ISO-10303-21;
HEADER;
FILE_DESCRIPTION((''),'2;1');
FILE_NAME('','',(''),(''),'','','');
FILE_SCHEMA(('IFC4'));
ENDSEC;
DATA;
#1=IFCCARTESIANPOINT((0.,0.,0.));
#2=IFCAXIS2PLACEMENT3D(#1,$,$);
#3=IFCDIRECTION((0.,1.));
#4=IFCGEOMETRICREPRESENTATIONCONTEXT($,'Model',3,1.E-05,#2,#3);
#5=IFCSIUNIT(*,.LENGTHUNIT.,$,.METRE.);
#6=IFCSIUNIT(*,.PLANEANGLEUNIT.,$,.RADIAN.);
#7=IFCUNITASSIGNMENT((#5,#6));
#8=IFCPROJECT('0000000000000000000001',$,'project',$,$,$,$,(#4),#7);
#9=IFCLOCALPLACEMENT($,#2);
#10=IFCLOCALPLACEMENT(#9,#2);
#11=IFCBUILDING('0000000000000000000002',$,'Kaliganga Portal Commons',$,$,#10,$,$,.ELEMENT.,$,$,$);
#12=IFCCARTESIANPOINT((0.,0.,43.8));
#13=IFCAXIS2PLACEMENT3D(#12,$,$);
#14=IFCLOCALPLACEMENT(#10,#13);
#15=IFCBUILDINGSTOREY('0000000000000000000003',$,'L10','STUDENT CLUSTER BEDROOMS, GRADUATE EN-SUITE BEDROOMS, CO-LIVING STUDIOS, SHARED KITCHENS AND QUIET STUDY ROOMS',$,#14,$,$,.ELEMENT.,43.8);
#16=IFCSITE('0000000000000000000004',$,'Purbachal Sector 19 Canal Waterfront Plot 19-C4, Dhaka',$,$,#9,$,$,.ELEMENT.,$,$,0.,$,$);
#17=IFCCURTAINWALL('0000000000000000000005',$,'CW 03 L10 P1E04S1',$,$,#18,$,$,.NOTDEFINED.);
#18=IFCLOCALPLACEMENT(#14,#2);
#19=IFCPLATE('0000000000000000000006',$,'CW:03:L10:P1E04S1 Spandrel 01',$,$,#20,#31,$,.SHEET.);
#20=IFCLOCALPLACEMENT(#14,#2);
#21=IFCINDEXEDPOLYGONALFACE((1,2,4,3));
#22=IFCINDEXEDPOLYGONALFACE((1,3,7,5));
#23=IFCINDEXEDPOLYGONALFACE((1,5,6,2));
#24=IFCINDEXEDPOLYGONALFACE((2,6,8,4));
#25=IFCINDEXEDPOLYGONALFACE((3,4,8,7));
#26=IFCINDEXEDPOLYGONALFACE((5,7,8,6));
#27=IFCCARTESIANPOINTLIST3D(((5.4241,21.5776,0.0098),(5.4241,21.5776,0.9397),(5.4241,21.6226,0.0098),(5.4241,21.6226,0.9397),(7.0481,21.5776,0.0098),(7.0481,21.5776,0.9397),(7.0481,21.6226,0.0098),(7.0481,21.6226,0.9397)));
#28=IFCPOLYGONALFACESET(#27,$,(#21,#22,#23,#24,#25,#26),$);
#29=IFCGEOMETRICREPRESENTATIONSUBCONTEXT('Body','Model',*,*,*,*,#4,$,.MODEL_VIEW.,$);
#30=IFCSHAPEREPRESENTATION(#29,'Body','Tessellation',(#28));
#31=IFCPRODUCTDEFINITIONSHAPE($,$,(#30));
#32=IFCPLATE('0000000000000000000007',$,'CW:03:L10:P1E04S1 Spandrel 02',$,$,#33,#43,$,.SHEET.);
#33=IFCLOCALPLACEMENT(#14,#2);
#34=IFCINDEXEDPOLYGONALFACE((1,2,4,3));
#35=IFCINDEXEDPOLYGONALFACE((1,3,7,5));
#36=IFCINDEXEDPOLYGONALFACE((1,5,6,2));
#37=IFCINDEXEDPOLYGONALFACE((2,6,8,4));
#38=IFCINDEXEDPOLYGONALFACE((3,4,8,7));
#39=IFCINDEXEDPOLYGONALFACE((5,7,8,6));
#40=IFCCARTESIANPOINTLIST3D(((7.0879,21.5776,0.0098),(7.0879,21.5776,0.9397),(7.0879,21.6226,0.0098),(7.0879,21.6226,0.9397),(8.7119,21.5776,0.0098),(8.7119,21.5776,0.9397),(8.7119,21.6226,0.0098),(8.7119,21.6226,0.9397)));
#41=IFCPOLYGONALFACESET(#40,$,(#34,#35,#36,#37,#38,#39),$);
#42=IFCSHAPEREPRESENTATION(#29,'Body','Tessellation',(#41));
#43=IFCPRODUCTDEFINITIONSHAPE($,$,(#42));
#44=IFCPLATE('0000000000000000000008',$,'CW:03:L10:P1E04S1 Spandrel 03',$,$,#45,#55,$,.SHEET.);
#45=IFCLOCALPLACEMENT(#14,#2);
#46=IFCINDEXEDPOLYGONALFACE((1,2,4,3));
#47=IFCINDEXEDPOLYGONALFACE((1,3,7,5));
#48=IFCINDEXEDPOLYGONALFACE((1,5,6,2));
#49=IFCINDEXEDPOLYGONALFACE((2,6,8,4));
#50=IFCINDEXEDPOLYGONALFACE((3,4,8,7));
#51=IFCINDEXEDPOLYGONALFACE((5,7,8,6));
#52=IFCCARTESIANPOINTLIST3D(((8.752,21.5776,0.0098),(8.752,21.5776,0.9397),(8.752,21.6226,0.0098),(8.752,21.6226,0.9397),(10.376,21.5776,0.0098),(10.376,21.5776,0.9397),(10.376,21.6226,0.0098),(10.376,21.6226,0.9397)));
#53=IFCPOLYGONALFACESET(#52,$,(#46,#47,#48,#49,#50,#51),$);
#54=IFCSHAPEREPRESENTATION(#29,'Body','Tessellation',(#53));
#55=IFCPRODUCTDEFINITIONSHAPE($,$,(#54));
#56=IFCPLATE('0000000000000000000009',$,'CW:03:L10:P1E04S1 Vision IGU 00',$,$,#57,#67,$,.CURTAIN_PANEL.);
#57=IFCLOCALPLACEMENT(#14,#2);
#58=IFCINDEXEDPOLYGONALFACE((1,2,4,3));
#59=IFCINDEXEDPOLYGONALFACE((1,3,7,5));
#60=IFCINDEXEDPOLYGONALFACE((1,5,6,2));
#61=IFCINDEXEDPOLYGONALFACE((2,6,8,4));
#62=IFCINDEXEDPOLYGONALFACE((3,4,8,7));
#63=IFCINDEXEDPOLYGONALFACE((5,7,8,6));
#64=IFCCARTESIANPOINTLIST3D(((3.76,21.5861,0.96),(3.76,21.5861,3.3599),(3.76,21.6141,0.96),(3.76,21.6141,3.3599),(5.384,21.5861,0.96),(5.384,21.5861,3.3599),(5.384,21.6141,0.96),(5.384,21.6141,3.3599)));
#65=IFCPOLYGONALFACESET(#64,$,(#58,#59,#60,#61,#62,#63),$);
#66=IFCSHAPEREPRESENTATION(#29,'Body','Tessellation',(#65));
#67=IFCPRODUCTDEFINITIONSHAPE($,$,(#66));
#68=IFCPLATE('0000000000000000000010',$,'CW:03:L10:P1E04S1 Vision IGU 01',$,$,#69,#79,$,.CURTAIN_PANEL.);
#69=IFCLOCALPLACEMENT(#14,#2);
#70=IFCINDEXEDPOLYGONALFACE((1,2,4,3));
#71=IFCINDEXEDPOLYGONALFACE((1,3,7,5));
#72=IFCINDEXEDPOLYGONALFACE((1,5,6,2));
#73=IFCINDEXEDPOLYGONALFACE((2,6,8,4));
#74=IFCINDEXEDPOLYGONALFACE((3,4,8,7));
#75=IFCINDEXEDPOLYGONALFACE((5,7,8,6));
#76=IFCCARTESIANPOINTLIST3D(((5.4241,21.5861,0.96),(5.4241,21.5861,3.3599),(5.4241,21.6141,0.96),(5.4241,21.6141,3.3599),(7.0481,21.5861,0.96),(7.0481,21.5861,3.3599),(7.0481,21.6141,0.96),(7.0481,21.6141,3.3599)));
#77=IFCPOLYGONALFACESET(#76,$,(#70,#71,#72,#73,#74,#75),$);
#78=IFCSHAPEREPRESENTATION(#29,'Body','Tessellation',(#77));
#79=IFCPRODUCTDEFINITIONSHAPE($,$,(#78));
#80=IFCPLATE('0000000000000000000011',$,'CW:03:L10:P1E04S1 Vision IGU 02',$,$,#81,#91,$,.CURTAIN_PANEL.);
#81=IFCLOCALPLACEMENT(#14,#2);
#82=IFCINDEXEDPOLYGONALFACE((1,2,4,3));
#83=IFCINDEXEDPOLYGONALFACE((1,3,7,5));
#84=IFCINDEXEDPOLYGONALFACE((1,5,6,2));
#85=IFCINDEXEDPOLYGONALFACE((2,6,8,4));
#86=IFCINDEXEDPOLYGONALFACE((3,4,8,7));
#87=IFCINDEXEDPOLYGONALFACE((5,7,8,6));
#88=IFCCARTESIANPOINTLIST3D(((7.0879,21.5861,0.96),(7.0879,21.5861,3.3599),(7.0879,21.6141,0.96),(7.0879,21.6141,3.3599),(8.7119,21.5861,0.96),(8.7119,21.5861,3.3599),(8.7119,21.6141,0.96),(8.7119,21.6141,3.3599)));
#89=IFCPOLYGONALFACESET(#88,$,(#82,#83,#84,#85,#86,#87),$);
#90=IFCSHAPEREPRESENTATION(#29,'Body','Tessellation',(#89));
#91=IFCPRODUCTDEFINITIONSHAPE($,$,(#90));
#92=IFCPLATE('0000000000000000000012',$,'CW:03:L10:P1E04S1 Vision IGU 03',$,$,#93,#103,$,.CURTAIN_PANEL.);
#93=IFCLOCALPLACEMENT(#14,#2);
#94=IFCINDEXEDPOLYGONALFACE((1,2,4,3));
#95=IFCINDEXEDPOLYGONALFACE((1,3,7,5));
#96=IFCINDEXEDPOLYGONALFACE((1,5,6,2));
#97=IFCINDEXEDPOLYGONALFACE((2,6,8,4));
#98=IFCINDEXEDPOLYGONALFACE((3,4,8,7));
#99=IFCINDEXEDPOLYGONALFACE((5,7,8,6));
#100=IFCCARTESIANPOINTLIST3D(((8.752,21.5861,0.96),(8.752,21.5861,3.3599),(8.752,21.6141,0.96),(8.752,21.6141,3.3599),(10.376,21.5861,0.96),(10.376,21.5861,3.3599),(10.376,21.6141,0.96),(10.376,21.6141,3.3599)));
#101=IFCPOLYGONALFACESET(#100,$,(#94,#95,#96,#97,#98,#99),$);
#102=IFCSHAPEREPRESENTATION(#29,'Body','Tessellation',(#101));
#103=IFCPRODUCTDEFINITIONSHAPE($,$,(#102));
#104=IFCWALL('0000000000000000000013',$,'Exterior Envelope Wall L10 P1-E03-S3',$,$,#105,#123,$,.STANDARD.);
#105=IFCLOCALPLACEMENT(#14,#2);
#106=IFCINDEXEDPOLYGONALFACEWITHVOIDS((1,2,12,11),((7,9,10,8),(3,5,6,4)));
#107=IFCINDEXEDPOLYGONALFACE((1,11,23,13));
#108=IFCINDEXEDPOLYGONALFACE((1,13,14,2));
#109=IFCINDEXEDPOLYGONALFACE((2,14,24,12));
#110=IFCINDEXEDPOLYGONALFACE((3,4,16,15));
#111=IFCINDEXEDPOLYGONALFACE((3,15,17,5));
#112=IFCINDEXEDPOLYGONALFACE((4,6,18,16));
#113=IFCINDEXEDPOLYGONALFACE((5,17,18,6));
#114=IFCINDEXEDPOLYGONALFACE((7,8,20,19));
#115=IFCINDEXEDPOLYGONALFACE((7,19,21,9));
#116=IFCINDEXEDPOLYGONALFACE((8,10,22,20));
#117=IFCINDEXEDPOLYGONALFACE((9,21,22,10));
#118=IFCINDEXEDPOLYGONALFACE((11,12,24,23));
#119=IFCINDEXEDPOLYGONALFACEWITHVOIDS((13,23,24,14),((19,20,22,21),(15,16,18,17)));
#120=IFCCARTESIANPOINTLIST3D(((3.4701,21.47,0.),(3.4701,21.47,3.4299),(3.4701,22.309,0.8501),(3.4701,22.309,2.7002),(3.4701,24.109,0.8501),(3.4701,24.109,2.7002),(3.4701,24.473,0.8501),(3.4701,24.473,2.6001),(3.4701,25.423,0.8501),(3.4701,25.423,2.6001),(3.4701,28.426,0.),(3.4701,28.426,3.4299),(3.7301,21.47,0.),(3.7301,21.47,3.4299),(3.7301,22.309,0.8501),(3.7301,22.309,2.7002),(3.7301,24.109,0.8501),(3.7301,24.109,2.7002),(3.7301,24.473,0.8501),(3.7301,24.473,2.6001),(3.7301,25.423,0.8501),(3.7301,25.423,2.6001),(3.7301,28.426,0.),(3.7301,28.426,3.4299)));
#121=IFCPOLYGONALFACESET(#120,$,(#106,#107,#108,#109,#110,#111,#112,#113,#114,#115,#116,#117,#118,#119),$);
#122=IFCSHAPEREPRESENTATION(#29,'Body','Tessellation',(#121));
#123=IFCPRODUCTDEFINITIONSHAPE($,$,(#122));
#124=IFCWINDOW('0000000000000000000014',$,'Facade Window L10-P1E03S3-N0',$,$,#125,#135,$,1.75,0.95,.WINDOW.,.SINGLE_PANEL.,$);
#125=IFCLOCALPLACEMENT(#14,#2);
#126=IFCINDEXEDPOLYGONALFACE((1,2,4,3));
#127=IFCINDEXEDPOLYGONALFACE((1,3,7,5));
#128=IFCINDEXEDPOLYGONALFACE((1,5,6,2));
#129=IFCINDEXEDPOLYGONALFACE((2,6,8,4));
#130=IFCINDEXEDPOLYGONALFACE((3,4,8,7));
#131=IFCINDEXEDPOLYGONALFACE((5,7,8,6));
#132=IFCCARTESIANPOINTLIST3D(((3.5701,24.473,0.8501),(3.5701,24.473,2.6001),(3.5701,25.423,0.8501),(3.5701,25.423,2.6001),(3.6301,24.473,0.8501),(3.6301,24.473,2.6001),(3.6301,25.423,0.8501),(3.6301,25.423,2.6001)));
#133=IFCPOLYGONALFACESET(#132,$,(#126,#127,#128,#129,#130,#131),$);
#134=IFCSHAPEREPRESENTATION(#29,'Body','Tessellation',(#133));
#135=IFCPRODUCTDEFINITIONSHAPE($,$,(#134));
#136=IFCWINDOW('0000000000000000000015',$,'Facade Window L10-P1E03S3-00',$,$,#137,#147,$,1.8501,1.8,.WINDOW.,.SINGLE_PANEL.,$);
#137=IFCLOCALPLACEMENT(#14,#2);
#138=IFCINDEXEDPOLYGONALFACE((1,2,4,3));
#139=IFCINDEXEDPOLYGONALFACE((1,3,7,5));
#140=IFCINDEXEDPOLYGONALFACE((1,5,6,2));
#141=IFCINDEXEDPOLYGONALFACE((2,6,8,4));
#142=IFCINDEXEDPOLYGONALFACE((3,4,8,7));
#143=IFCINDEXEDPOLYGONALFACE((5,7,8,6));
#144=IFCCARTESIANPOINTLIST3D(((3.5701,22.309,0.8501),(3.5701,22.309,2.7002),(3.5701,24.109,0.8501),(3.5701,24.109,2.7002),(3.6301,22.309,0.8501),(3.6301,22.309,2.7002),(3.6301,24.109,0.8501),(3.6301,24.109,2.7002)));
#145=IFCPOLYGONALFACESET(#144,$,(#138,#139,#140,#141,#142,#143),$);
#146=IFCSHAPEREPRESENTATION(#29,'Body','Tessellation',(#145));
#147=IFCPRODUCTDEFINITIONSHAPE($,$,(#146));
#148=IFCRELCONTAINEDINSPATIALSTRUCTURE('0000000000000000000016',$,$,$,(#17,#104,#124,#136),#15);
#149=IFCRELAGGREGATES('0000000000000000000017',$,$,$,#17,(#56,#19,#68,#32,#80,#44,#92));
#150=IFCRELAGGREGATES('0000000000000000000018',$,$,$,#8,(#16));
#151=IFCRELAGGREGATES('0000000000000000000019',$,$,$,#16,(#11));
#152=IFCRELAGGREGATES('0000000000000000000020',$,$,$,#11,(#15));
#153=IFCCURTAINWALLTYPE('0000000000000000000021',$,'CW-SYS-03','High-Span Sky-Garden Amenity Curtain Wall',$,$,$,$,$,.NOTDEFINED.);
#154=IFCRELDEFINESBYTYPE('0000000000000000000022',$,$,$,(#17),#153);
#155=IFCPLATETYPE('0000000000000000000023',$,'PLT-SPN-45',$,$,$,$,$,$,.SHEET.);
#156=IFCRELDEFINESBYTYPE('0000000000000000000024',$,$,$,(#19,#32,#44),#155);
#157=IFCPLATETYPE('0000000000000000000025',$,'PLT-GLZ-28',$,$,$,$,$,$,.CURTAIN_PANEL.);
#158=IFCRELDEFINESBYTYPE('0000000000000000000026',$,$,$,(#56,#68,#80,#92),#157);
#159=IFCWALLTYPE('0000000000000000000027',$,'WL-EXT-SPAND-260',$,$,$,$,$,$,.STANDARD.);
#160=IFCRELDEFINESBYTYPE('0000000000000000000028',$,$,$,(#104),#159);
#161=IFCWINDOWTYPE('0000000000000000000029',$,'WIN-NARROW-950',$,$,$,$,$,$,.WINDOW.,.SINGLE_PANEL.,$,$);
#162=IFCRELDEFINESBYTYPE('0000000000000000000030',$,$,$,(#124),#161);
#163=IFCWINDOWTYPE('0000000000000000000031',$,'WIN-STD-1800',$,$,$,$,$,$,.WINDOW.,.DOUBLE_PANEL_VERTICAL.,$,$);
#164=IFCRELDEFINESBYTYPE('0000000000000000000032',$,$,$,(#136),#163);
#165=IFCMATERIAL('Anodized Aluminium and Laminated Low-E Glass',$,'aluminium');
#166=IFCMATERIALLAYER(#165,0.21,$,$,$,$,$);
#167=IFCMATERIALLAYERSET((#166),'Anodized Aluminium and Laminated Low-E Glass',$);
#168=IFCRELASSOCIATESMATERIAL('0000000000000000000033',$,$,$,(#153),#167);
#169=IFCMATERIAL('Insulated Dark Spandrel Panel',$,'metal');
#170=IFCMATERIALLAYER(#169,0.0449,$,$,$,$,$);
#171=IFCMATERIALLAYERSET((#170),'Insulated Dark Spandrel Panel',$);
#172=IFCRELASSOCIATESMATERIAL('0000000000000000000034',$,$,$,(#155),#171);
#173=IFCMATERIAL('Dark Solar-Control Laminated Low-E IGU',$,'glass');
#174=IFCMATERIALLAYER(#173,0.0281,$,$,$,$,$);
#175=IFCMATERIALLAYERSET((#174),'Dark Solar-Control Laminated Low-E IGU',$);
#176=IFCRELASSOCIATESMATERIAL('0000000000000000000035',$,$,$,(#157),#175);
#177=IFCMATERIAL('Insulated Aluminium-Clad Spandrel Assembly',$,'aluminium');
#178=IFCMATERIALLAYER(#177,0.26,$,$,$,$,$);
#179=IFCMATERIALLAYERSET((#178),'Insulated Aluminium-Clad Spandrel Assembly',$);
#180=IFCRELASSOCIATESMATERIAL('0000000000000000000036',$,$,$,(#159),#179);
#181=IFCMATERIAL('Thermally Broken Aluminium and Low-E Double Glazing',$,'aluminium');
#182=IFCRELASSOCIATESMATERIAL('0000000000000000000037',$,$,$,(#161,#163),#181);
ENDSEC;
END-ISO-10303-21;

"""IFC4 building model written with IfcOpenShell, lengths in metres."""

from ifc_helpers import new_model, si_unit, direction, frame, frame_2d, origin, origin_2d, place, context, subcontext, project, spatial, rectangle, extrude, source, transform, mapped, material, layer, layer_set, type_object, element, fill, aggregate, save


model = new_model("IFC4")

# Units and contexts
model_context = context("Model", 3, precision=1e-05, world=origin(), true_north=direction((0.0, 1.0)))
body_context = subcontext(model_context, "Body", "Model", "MODEL_VIEW")
ifc_project = project(units=[si_unit("LENGTHUNIT", "METRE"), si_unit("PLANEANGLEUNIT", "RADIAN")], contexts=[model_context])

# Site, building, storey
site_placement = place(None, origin())
site = spatial("IfcSite", under=ifc_project, at=site_placement, Name="Purbachal Sector 19 Canal Waterfront Plot 19-C4, Dhaka", CompositionType="ELEMENT", RefElevation=0.0)
building_placement = place(site_placement, origin())
building = spatial("IfcBuilding", under=site, at=building_placement, Name="Kaliganga Portal Commons", CompositionType="ELEMENT")
storey_placement = place(building_placement, frame((0.0, 0.0, 43.8)))
storey = spatial("IfcBuildingStorey", under=building, at=storey_placement, Name="L10", Description="STUDENT CLUSTER BEDROOMS, GRADUATE EN-SUITE BEDROOMS, CO-LIVING STUDIOS, SHARED KITCHENS AND QUIET STUDY ROOMS", CompositionType="ELEMENT", Elevation=43.8)

# Curtain wall
ifc_material_1 = material(Name="Anodized Aluminium and Laminated Low-E Glass", Category="aluminium")
ifc_layer_1 = layer(ifc_material_1, 0.21)
ifc_layer_set_1 = layer_set([ifc_layer_1], Name="Anodized Aluminium and Laminated Low-E Glass")
curtain_wall_type = type_object("IfcCurtainWallType", Name="CW-SYS-03", Description="High-Span Sky-Garden Amenity Curtain Wall", PredefinedType="NOTDEFINED", material=ifc_layer_set_1)
curtain_wall_placement = place(storey_placement, origin())
curtain_wall = element("IfcCurtainWall", 1, at=curtain_wall_placement, inside=storey, type_object=curtain_wall_type, Name="CW 03 L10 P1E04S1", PredefinedType="NOTDEFINED")

# Plates
ifc_material_2 = material(Name="Insulated Dark Spandrel Panel", Category="metal")
ifc_layer_2 = layer(ifc_material_2, 0.0449)
ifc_layer_set_2 = layer_set([ifc_layer_2], Name="Insulated Dark Spandrel Panel")
plate_type_1 = type_object("IfcPlateType", Name="PLT-SPN-45", PredefinedType="SHEET", material=ifc_layer_set_2)
shared_shape_1 = source(origin(), body_context, "Body", "SweptSolid", [
    extrude(rectangle(XDim=1.624, YDim=0.0449, at=origin_2d()), origin(), (0.0, 0.0, 1.0), 0.9299),
])
plate_1_placement = place(storey_placement, frame((6.2361, 21.6001, 0.0098), z_axis=(0.0, 0.0, 1.0), x_axis=(1.0, 0.0, 0.0)))
plate_1 = element("IfcPlate", 2, at=plate_1_placement, type_object=plate_type_1, Name="CW:03:L10:P1E04S1 Spandrel 01", PredefinedType="SHEET", context=body_context, shape_type="MappedRepresentation", body=[
    mapped(shared_shape_1, transform((0.0, 0.0, 0.0), x_axis=(1.0, 0.0, 0.0), y_axis=(0.0, 1.0, 0.0), z_axis=(0.0, 0.0, 1.0), scale=1.0)),
])
plate_2_placement = place(storey_placement, frame((7.8999, 21.6001, 0.0098), z_axis=(0.0, 0.0, 1.0), x_axis=(1.0, 0.0, 0.0)))
plate_2 = element("IfcPlate", 3, at=plate_2_placement, type_object=plate_type_1, Name="CW:03:L10:P1E04S1 Spandrel 02", PredefinedType="SHEET", context=body_context, shape_type="MappedRepresentation", body=[
    mapped(shared_shape_1, transform((0.0, 0.0, 0.0), x_axis=(1.0, 0.0, 0.0), y_axis=(0.0, 1.0, 0.0), z_axis=(0.0, 0.0, 1.0), scale=1.0)),
])
plate_3_placement = place(storey_placement, frame((9.564, 21.6001, 0.0098), z_axis=(0.0, 0.0, 1.0), x_axis=(1.0, 0.0, 0.0)))
plate_3 = element("IfcPlate", 4, at=plate_3_placement, type_object=plate_type_1, Name="CW:03:L10:P1E04S1 Spandrel 03", PredefinedType="SHEET", context=body_context, shape_type="MappedRepresentation", body=[
    mapped(shared_shape_1, transform((0.0, 0.0, 0.0), x_axis=(1.0, 0.0, 0.0), y_axis=(0.0, 1.0, 0.0), z_axis=(0.0, 0.0, 1.0), scale=1.0)),
])
ifc_material_3 = material(Name="Dark Solar-Control Laminated Low-E IGU", Category="glass")
ifc_layer_3 = layer(ifc_material_3, 0.0281)
ifc_layer_set_3 = layer_set([ifc_layer_3], Name="Dark Solar-Control Laminated Low-E IGU")
plate_type_2 = type_object("IfcPlateType", Name="PLT-GLZ-28", PredefinedType="CURTAIN_PANEL", material=ifc_layer_set_3)
shared_shape_2 = source(origin(), body_context, "Body", "SweptSolid", [
    extrude(rectangle(XDim=1.624, YDim=0.0281, at=origin_2d()), origin(), (0.0, 0.0, 1.0), 2.3999),
])
plate_4_placement = place(storey_placement, frame((4.572, 21.6001, 0.96), z_axis=(0.0, 0.0, 1.0), x_axis=(1.0, 0.0, 0.0)))
plate_4 = element("IfcPlate", 5, at=plate_4_placement, type_object=plate_type_2, Name="CW:03:L10:P1E04S1 Vision IGU 00", PredefinedType="CURTAIN_PANEL", context=body_context, shape_type="MappedRepresentation", body=[
    mapped(shared_shape_2, transform((0.0, 0.0, 0.0), x_axis=(1.0, 0.0, 0.0), y_axis=(0.0, 1.0, 0.0), z_axis=(0.0, 0.0, 1.0), scale=1.0)),
])
plate_5_placement = place(storey_placement, frame((6.2361, 21.6001, 0.96), z_axis=(0.0, 0.0, 1.0), x_axis=(1.0, 0.0, 0.0)))
plate_5 = element("IfcPlate", 6, at=plate_5_placement, type_object=plate_type_2, Name="CW:03:L10:P1E04S1 Vision IGU 01", PredefinedType="CURTAIN_PANEL", context=body_context, shape_type="MappedRepresentation", body=[
    mapped(shared_shape_2, transform((0.0, 0.0, 0.0), x_axis=(1.0, 0.0, 0.0), y_axis=(0.0, 1.0, 0.0), z_axis=(0.0, 0.0, 1.0), scale=1.0)),
])
plate_6_placement = place(storey_placement, frame((7.8999, 21.6001, 0.96), z_axis=(0.0, 0.0, 1.0), x_axis=(1.0, 0.0, 0.0)))
plate_6 = element("IfcPlate", 7, at=plate_6_placement, type_object=plate_type_2, Name="CW:03:L10:P1E04S1 Vision IGU 02", PredefinedType="CURTAIN_PANEL", context=body_context, shape_type="MappedRepresentation", body=[
    mapped(shared_shape_2, transform((0.0, 0.0, 0.0), x_axis=(1.0, 0.0, 0.0), y_axis=(0.0, 1.0, 0.0), z_axis=(0.0, 0.0, 1.0), scale=1.0)),
])
plate_7_placement = place(storey_placement, frame((9.564, 21.6001, 0.96), z_axis=(0.0, 0.0, 1.0), x_axis=(1.0, 0.0, 0.0)))
plate_7 = element("IfcPlate", 8, at=plate_7_placement, type_object=plate_type_2, Name="CW:03:L10:P1E04S1 Vision IGU 03", PredefinedType="CURTAIN_PANEL", context=body_context, shape_type="MappedRepresentation", body=[
    mapped(shared_shape_2, transform((0.0, 0.0, 0.0), x_axis=(1.0, 0.0, 0.0), y_axis=(0.0, 1.0, 0.0), z_axis=(0.0, 0.0, 1.0), scale=1.0)),
])
aggregate(curtain_wall, [plate_4, plate_1, plate_5, plate_2, plate_6, plate_3, plate_7])

# Wall, openings, windows
ifc_material_4 = material(Name="Insulated Aluminium-Clad Spandrel Assembly", Category="aluminium")
ifc_layer_4 = layer(ifc_material_4, 0.26)
ifc_layer_set_4 = layer_set([ifc_layer_4], Name="Insulated Aluminium-Clad Spandrel Assembly")
wall_type = type_object("IfcWallType", Name="WL-EXT-SPAND-260", PredefinedType="STANDARD", material=ifc_layer_set_4)
wall_placement = place(storey_placement, frame((3.6001, 21.47, 0.0), z_axis=(0.0, 0.0, 1.0), x_axis=(0.0, 1.0, 0.0)))
wall = element("IfcWall", 9, at=wall_placement, inside=storey, type_object=wall_type, Name="Exterior Envelope Wall L10 P1-E03-S3", PredefinedType="STANDARD", context=body_context, shape_type="SweptSolid", body=[
    extrude(rectangle(XDim=6.9561, YDim=0.26, at=frame_2d((3.478, 0.0))), origin(), (0.0, 0.0, 1.0), 3.4299),
])
opening_1_placement = place(wall_placement, frame((0.8391, 0.0, 0.8501)))
opening_1 = element("IfcOpeningElement", 10, at=opening_1_placement, cuts=wall, PredefinedType="OPENING", context=body_context, shape_type="SweptSolid", body=[
    extrude(rectangle(XDim=1.8, YDim=1.8501, at=frame_2d((0.8999, 0.925))), frame((0.0, 0.1401, 0.0), z_axis=(0.0, -1.0, 0.0), x_axis=(1.0, 0.0, 0.0)), (0.0, 0.0, 1.0), 0.28),
])
opening_2_placement = place(wall_placement, frame((3.0029, 0.0, 0.8501)))
opening_2 = element("IfcOpeningElement", 11, at=opening_2_placement, cuts=wall, PredefinedType="OPENING", context=body_context, shape_type="SweptSolid", body=[
    extrude(rectangle(XDim=0.95, YDim=1.75, at=frame_2d((0.4751, 0.875))), frame((0.0, 0.1401, 0.0), z_axis=(0.0, -1.0, 0.0), x_axis=(1.0, 0.0, 0.0)), (0.0, 0.0, 1.0), 0.28),
])
ifc_material_5 = material(Name="Thermally Broken Aluminium and Low-E Double Glazing", Category="aluminium")
window_type_1 = type_object("IfcWindowType", Name="WIN-NARROW-950", PartitioningType="SINGLE_PANEL", PredefinedType="WINDOW", material=ifc_material_5)
window_1_placement = place(opening_2_placement, origin())
window_1 = element("IfcWindow", 12, at=window_1_placement, inside=storey, type_object=window_type_1, Name="Facade Window L10-P1E03S3-N0", OverallHeight=1.75, OverallWidth=0.95, PartitioningType="SINGLE_PANEL", PredefinedType="WINDOW", context=body_context, shape_type="SweptSolid", body=[
    extrude(rectangle(XDim=0.95, YDim=1.75, at=frame_2d((0.4751, 0.875))), frame((0.0, 0.03, 0.0), z_axis=(0.0, -1.0, 0.0), x_axis=(1.0, 0.0, 0.0)), (0.0, 0.0, 1.0), 0.0601),
])
fill(opening_2, window_1)
window_type_2 = type_object("IfcWindowType", Name="WIN-STD-1800", PartitioningType="DOUBLE_PANEL_VERTICAL", PredefinedType="WINDOW", material=ifc_material_5)
window_2_placement = place(opening_1_placement, origin())
window_2 = element("IfcWindow", 13, at=window_2_placement, inside=storey, type_object=window_type_2, Name="Facade Window L10-P1E03S3-00", OverallHeight=1.8501, OverallWidth=1.8, PartitioningType="SINGLE_PANEL", PredefinedType="WINDOW", context=body_context, shape_type="SweptSolid", body=[
    extrude(rectangle(XDim=1.8, YDim=1.8501, at=frame_2d((0.8999, 0.925))), frame((0.0, 0.03, 0.0), z_axis=(0.0, -1.0, 0.0), x_axis=(1.0, 0.0, 0.0)), (0.0, 0.0, 1.0), 0.0601),
])
fill(opening_1, window_2)

save(model, "model.ifc")
